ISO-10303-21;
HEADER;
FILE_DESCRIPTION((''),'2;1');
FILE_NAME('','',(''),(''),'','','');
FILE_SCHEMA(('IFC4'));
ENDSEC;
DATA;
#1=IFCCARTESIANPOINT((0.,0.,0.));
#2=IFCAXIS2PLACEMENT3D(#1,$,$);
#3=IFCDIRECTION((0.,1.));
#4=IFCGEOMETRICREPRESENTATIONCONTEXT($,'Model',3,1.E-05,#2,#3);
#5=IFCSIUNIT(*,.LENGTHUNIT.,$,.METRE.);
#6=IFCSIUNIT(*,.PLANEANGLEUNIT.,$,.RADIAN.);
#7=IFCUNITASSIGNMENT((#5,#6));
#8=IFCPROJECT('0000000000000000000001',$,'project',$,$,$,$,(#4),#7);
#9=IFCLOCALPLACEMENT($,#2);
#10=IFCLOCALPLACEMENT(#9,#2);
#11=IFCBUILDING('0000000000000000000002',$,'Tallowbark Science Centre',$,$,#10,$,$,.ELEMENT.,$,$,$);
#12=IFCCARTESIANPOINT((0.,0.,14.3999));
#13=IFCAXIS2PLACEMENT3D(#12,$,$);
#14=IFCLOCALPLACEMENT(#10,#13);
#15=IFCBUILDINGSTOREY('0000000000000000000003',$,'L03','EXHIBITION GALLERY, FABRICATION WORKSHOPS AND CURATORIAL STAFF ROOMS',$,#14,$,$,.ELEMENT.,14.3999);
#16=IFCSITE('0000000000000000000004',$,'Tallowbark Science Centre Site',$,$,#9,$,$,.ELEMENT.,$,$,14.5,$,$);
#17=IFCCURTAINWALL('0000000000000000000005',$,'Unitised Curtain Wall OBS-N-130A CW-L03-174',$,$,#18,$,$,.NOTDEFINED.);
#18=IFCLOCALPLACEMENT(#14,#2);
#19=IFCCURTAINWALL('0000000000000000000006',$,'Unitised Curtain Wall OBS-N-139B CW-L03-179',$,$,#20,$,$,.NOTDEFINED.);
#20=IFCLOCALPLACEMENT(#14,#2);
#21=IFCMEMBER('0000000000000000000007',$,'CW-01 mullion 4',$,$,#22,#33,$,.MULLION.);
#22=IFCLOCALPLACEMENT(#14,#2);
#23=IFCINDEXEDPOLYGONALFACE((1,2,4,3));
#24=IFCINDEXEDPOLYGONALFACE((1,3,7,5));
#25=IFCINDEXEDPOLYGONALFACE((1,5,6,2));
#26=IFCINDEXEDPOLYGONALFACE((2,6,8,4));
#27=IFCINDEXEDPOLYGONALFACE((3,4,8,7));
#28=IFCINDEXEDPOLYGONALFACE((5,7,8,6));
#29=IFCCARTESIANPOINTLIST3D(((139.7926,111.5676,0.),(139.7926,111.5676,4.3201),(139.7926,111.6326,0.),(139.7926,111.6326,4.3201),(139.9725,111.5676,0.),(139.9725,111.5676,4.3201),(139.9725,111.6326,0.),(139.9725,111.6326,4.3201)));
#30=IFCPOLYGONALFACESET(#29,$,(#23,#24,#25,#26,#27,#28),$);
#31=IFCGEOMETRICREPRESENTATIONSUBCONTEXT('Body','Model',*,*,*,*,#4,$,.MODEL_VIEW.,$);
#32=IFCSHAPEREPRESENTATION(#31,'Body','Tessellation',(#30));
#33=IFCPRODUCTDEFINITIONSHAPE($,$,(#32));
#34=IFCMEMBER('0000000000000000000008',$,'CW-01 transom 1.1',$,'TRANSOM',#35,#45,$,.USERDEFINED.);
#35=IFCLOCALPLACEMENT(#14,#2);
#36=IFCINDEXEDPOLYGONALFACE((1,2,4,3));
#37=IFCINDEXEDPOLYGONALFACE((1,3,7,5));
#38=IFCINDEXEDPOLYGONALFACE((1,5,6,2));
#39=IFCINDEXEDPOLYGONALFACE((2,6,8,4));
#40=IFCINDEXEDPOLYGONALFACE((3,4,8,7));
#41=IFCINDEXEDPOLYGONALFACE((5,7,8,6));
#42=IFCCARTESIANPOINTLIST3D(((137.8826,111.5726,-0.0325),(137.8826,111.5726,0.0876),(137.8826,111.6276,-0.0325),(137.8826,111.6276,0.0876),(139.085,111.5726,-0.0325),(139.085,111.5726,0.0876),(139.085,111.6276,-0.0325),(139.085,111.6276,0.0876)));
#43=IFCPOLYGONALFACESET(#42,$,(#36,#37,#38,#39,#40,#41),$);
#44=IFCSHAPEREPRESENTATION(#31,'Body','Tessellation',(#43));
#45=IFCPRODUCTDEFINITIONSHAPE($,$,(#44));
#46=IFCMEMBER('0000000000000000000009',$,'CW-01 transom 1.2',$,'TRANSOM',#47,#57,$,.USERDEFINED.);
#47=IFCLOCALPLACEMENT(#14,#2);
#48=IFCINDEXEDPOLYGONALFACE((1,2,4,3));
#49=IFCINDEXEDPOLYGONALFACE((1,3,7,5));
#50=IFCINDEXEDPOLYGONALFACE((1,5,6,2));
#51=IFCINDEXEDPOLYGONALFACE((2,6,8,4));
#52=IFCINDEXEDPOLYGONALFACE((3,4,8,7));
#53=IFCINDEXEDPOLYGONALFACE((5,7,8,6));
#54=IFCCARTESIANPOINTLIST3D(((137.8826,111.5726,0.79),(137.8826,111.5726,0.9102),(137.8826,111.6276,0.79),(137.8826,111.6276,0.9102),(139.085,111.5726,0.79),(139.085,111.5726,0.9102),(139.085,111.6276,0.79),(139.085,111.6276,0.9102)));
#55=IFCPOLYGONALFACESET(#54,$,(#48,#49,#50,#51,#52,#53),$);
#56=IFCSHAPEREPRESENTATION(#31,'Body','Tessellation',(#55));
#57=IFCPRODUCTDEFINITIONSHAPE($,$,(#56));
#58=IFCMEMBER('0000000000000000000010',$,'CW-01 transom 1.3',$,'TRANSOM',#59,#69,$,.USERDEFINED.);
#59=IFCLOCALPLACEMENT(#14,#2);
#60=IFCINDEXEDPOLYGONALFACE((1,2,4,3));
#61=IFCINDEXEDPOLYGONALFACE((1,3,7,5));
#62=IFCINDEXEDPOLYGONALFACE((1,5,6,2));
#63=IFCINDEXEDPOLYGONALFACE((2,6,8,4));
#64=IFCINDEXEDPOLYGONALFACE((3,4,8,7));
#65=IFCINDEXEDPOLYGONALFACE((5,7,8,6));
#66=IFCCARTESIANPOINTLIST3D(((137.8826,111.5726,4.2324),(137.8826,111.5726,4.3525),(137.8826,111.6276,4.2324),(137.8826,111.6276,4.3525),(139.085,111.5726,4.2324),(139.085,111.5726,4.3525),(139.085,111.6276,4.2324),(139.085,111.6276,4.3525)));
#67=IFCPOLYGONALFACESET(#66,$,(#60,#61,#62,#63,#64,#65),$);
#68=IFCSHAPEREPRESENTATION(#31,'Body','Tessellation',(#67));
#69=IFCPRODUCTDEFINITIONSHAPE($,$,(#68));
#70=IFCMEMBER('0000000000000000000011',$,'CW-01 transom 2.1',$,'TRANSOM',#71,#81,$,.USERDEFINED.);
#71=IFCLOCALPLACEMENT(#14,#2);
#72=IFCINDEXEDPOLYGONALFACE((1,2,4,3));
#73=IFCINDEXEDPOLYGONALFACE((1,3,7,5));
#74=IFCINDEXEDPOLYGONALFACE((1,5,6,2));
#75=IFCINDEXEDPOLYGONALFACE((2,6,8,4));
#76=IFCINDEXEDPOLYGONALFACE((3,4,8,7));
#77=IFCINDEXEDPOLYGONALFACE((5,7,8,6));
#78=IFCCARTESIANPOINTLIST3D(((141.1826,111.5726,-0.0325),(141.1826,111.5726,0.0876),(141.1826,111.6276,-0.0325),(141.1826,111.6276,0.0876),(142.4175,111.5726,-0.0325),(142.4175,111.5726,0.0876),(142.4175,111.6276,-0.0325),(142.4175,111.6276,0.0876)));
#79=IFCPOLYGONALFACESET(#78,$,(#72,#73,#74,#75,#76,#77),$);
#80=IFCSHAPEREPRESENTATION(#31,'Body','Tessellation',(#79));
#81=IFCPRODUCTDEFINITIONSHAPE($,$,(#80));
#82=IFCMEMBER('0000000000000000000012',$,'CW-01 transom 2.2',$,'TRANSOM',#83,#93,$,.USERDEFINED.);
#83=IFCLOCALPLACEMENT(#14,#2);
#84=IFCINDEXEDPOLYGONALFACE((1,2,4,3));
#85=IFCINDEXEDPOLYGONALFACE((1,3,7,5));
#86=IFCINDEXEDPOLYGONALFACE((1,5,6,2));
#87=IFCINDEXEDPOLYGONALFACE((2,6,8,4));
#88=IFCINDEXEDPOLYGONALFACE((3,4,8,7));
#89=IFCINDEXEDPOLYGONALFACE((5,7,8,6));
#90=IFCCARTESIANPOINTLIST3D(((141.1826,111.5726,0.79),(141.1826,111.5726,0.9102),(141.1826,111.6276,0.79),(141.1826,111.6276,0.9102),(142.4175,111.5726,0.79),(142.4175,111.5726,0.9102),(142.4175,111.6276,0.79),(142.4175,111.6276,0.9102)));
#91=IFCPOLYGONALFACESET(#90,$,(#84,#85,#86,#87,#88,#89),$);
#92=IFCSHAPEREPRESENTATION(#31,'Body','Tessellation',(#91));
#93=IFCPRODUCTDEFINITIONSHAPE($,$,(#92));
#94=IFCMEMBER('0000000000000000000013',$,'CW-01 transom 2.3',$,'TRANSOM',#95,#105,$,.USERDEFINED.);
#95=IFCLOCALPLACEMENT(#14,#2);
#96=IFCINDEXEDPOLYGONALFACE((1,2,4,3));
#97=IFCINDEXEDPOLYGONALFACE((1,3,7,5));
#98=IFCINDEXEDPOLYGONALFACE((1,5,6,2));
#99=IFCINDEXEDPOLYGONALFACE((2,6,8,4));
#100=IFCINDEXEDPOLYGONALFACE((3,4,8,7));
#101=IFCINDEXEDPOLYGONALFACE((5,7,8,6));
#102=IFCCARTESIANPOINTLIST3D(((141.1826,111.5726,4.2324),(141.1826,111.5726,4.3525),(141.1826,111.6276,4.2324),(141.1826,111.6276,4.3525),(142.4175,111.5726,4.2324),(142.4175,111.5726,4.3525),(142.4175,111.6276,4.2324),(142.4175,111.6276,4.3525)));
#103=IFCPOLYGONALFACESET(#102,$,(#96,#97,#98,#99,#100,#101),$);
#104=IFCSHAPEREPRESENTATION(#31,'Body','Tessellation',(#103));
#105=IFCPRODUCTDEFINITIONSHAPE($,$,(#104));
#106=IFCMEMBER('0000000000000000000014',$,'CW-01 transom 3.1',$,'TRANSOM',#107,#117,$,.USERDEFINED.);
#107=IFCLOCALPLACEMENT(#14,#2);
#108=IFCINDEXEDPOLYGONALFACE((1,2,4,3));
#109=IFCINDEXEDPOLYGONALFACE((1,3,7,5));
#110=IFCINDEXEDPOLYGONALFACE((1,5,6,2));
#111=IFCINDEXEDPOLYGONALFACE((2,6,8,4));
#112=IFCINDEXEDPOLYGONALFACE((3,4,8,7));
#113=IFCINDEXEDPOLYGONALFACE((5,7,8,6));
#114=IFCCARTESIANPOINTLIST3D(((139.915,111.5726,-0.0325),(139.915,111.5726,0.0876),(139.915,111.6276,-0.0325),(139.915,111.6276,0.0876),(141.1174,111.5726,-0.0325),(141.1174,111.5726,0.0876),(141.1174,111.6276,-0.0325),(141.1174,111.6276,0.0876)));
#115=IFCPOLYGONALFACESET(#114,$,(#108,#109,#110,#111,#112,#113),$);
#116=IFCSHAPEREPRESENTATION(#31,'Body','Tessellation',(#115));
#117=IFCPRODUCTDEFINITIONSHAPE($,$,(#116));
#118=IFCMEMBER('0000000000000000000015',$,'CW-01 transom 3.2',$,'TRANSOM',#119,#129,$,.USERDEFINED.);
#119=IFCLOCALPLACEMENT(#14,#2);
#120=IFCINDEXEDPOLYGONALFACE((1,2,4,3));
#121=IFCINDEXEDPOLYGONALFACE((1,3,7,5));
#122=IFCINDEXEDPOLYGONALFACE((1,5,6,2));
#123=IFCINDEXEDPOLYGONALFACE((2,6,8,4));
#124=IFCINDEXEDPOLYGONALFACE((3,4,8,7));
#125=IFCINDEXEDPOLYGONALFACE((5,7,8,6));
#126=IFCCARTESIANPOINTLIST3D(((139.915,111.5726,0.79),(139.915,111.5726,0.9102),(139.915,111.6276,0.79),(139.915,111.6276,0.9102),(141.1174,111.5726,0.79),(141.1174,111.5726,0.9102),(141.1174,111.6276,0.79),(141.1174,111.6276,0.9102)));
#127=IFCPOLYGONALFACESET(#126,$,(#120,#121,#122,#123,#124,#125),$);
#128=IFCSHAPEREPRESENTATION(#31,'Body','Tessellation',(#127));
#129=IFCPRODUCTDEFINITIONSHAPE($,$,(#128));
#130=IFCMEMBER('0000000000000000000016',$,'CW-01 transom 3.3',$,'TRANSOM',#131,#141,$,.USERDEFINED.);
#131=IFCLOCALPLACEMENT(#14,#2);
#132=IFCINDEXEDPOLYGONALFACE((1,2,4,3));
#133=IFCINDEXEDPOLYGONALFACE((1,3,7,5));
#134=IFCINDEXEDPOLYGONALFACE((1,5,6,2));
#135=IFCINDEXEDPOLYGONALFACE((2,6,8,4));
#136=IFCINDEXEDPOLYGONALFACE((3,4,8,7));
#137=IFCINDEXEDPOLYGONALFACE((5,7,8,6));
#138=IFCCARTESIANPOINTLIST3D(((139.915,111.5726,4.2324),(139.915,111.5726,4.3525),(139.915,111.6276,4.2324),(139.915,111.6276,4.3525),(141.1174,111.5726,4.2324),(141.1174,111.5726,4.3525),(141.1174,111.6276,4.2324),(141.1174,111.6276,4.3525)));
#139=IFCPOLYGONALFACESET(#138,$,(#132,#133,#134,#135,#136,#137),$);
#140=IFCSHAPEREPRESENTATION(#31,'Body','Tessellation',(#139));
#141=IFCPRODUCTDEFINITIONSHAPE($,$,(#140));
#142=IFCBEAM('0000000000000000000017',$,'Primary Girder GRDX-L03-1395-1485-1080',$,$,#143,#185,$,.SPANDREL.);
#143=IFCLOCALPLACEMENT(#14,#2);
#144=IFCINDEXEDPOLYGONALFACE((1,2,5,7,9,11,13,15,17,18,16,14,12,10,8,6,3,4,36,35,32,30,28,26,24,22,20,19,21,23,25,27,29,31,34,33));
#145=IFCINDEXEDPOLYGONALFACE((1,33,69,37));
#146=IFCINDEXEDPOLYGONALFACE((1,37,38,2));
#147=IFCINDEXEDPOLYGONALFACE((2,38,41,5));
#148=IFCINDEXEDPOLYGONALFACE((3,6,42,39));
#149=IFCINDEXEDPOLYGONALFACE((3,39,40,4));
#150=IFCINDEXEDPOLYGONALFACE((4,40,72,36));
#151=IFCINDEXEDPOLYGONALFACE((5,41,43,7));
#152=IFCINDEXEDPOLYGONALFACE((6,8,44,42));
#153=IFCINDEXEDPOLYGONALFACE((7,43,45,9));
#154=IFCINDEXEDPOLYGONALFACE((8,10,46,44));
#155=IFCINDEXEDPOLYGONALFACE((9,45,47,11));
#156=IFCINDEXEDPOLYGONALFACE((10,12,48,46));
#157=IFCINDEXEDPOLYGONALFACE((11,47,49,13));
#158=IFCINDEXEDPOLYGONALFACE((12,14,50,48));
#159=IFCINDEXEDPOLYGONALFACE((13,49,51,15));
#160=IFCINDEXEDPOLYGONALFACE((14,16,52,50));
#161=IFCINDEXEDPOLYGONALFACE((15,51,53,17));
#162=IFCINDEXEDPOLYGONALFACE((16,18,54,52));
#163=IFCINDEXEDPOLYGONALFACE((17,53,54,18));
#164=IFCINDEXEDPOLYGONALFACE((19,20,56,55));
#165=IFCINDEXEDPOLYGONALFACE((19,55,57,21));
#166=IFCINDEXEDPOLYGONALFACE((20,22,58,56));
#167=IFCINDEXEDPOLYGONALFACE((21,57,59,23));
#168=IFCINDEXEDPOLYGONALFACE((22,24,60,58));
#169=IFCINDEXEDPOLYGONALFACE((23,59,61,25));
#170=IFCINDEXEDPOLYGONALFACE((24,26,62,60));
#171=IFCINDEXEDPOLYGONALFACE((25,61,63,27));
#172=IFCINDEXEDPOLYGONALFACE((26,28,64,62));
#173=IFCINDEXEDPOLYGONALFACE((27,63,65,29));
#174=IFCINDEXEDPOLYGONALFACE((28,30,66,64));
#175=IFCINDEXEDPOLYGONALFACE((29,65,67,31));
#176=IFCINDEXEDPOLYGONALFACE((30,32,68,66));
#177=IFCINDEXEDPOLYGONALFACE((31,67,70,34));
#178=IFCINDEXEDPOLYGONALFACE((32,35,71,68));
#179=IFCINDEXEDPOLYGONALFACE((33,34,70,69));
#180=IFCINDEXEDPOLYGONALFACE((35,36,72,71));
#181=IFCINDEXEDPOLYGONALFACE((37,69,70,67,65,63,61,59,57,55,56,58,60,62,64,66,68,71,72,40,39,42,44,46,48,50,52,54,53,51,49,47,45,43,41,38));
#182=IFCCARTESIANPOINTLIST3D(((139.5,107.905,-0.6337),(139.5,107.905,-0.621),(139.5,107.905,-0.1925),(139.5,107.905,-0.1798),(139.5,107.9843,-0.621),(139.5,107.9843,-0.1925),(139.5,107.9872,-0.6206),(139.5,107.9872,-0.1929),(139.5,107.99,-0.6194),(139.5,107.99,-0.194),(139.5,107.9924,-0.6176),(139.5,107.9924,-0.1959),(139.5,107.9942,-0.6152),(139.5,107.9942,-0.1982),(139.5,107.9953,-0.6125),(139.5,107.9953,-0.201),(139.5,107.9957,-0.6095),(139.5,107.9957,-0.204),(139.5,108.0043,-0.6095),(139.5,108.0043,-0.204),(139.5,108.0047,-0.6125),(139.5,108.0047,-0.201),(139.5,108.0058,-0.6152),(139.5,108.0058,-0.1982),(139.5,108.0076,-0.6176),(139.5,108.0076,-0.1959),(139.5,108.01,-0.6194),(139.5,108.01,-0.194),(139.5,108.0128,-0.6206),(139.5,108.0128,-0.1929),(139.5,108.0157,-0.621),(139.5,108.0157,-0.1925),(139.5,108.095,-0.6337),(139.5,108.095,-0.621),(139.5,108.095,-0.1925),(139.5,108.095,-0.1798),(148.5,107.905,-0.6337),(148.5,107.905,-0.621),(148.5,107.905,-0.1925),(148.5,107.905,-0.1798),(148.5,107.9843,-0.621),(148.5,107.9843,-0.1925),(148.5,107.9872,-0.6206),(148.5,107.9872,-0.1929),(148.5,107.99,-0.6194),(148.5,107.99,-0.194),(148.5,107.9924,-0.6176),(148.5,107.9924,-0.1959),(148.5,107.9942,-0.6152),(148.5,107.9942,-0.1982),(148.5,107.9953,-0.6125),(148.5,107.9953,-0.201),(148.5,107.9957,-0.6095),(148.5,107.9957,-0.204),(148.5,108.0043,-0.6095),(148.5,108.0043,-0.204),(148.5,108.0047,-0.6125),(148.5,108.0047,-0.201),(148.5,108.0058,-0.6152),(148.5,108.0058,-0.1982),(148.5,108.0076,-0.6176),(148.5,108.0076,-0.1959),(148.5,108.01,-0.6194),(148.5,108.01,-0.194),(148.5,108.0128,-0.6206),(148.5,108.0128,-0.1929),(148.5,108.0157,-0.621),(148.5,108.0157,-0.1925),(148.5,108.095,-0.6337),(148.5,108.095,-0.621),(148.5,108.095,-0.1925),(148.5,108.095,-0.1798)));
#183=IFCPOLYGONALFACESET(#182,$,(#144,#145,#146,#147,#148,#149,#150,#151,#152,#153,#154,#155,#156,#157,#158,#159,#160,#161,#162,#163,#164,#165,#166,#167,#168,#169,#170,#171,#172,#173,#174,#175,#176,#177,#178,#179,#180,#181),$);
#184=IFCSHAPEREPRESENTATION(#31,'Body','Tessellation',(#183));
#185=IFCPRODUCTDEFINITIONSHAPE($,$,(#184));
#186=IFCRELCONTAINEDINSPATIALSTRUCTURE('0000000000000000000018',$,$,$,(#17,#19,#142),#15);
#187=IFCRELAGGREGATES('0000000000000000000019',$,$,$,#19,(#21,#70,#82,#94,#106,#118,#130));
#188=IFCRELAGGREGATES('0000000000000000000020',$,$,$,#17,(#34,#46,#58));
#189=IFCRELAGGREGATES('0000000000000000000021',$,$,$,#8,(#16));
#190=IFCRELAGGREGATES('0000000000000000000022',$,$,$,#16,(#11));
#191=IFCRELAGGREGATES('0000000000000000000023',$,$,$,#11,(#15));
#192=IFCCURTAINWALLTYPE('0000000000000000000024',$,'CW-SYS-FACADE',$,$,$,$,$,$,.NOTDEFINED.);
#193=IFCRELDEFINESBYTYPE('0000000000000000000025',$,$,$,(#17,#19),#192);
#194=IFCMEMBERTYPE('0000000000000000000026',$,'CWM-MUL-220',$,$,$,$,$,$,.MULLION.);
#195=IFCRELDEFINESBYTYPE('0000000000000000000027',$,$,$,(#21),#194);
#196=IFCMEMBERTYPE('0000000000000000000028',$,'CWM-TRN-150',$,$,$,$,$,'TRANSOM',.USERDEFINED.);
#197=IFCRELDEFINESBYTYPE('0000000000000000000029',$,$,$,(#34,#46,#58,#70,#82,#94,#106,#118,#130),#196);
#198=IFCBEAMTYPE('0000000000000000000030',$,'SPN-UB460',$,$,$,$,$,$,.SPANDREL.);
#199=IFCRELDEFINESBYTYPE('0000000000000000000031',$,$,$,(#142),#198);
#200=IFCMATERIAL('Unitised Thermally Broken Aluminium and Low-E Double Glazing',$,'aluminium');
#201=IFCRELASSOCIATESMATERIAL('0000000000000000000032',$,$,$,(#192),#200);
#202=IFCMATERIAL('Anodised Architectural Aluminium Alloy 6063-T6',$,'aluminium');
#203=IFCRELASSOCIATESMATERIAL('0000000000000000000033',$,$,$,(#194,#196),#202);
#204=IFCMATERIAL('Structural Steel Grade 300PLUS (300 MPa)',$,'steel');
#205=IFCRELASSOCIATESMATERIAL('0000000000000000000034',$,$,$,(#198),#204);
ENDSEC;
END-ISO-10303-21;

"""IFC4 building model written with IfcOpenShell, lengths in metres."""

from ifc_helpers import new_model, si_unit, direction, frame, origin, origin_2d, place, context, subcontext, project, spatial, rectangle, i_section, extrude, material, material_profile, profile_set, type_object, element, aggregate, save


model = new_model("IFC4")

# Units and contexts
model_context = context("Model", 3, precision=1e-05, world=origin(), true_north=direction((0.0, 1.0)))
body_context = subcontext(model_context, "Body", "Model", "MODEL_VIEW")
ifc_project = project(units=[si_unit("LENGTHUNIT", "METRE"), si_unit("PLANEANGLEUNIT", "RADIAN")], contexts=[model_context])

# Site, building, storey
site_placement = place(None, origin())
site = spatial("IfcSite", under=ifc_project, at=site_placement, Name="Tallowbark Science Centre Site", CompositionType="ELEMENT", RefElevation=14.5)
building_placement = place(site_placement, origin())
building = spatial("IfcBuilding", under=site, at=building_placement, Name="Tallowbark Science Centre", CompositionType="ELEMENT")
storey_placement = place(building_placement, frame((0.0, 0.0, 14.3999)))
storey = spatial("IfcBuildingStorey", under=building, at=storey_placement, Name="L03", Description="EXHIBITION GALLERY, FABRICATION WORKSHOPS AND CURATORIAL STAFF ROOMS", CompositionType="ELEMENT", Elevation=14.3999)

# Shared definitions
ifc_material_1 = material(Name="Structural Steel Grade 300PLUS (300 MPa)", Category="steel")

# Curtain walls, member
ifc_material_2 = material(Name="Unitised Thermally Broken Aluminium and Low-E Double Glazing", Category="aluminium")
curtain_wall_type = type_object("IfcCurtainWallType", Name="CW-SYS-FACADE", PredefinedType="NOTDEFINED", material=ifc_material_2)
curtain_wall_1_placement = place(storey_placement, origin())
curtain_wall_1 = element("IfcCurtainWall", 1, at=curtain_wall_1_placement, inside=storey, type_object=curtain_wall_type, Name="Unitised Curtain Wall OBS-N-130A CW-L03-174", PredefinedType="NOTDEFINED")
ifc_material_3 = material(Name="Anodised Architectural Aluminium Alloy 6063-T6", Category="aluminium")
ifc_material_profile_1 = material_profile(ifc_material_3, rectangle(XDim=0.0649, YDim=0.1799, at=origin_2d()), Name="ALU65x180")
ifc_profile_set_1 = profile_set([ifc_material_profile_1], Name="Anodised Architectural Aluminium Alloy 6063-T6")
member_type_1 = type_object("IfcMemberType", Name="CWM-MUL-220", PredefinedType="MULLION", material=ifc_profile_set_1)
curtain_wall_2_placement = place(storey_placement, origin())
curtain_wall_2 = element("IfcCurtainWall", 2, at=curtain_wall_2_placement, inside=storey, type_object=curtain_wall_type, Name="Unitised Curtain Wall OBS-N-139B CW-L03-179", PredefinedType="NOTDEFINED")
member_1_placement = place(storey_placement, frame((139.8826, 111.6001, 0.0), z_axis=(0.0, 0.0, 1.0), x_axis=(0.0, -1.0, 0.0)))
member_1 = element("IfcMember", 3, at=member_1_placement, type_object=member_type_1, Name="CW-01 mullion 4", PredefinedType="MULLION", context=body_context, shape_type="SweptSolid", body=[
    extrude(rectangle(XDim=0.0649, YDim=0.1799, at=origin_2d()), origin(), (0.0, 0.0, 1.0), 4.3201),
])

# Members
ifc_material_profile_2 = material_profile(ifc_material_3, rectangle(XDim=0.0549, YDim=0.1201, at=origin_2d()), Name="ALU55x120")
ifc_profile_set_2 = profile_set([ifc_material_profile_2], Name="Anodised Architectural Aluminium Alloy 6063-T6")
member_type_2 = type_object("IfcMemberType", Name="CWM-TRN-150", ElementType="TRANSOM", PredefinedType="USERDEFINED", material=ifc_profile_set_2)
member_2_placement = place(storey_placement, frame((139.085, 111.6001, 0.0276), z_axis=(-1.0, 0.0, 0.0), x_axis=(0.0, -1.0, 0.0)))
member_2 = element("IfcMember", 4, at=member_2_placement, type_object=member_type_2, Name="CW-01 transom 1.1", ObjectType="TRANSOM", PredefinedType="USERDEFINED", context=body_context, shape_type="SweptSolid", body=[
    extrude(rectangle(XDim=0.0549, YDim=0.1201, at=origin_2d()), origin(), (0.0, 0.0, 1.0), 1.2024),
])
member_3_placement = place(storey_placement, frame((139.085, 111.6001, 0.8501), z_axis=(-1.0, 0.0, 0.0), x_axis=(0.0, -1.0, 0.0)))
member_3 = element("IfcMember", 5, at=member_3_placement, type_object=member_type_2, Name="CW-01 transom 1.2", ObjectType="TRANSOM", PredefinedType="USERDEFINED", context=body_context, shape_type="SweptSolid", body=[
    extrude(rectangle(XDim=0.0549, YDim=0.1201, at=origin_2d()), origin(), (0.0, 0.0, 1.0), 1.2024),
])
member_4_placement = place(storey_placement, frame((139.085, 111.6001, 4.2925), z_axis=(-1.0, 0.0, 0.0), x_axis=(0.0, -1.0, 0.0)))
member_4 = element("IfcMember", 6, at=member_4_placement, type_object=member_type_2, Name="CW-01 transom 1.3", ObjectType="TRANSOM", PredefinedType="USERDEFINED", context=body_context, shape_type="SweptSolid", body=[
    extrude(rectangle(XDim=0.0549, YDim=0.1201, at=origin_2d()), origin(), (0.0, 0.0, 1.0), 1.2024),
])
member_5_placement = place(storey_placement, frame((142.4175, 111.6001, 0.0276), z_axis=(-1.0, 0.0, 0.0), x_axis=(0.0, -1.0, 0.0)))
member_5 = element("IfcMember", 7, at=member_5_placement, type_object=member_type_2, Name="CW-01 transom 2.1", ObjectType="TRANSOM", PredefinedType="USERDEFINED", context=body_context, shape_type="SweptSolid", body=[
    extrude(rectangle(XDim=0.0549, YDim=0.1201, at=origin_2d()), origin(), (0.0, 0.0, 1.0), 1.2349),
])
member_6_placement = place(storey_placement, frame((142.4175, 111.6001, 0.8501), z_axis=(-1.0, 0.0, 0.0), x_axis=(0.0, -1.0, 0.0)))
member_6 = element("IfcMember", 8, at=member_6_placement, type_object=member_type_2, Name="CW-01 transom 2.2", ObjectType="TRANSOM", PredefinedType="USERDEFINED", context=body_context, shape_type="SweptSolid", body=[
    extrude(rectangle(XDim=0.0549, YDim=0.1201, at=origin_2d()), origin(), (0.0, 0.0, 1.0), 1.2349),
])
member_7_placement = place(storey_placement, frame((142.4175, 111.6001, 4.2925), z_axis=(-1.0, 0.0, 0.0), x_axis=(0.0, -1.0, 0.0)))
member_7 = element("IfcMember", 9, at=member_7_placement, type_object=member_type_2, Name="CW-01 transom 2.3", ObjectType="TRANSOM", PredefinedType="USERDEFINED", context=body_context, shape_type="SweptSolid", body=[
    extrude(rectangle(XDim=0.0549, YDim=0.1201, at=origin_2d()), origin(), (0.0, 0.0, 1.0), 1.2349),
])
member_8_placement = place(storey_placement, frame((141.1174, 111.6001, 0.0276), z_axis=(-1.0, 0.0, 0.0), x_axis=(0.0, -1.0, 0.0)))
member_8 = element("IfcMember", 10, at=member_8_placement, type_object=member_type_2, Name="CW-01 transom 3.1", ObjectType="TRANSOM", PredefinedType="USERDEFINED", context=body_context, shape_type="SweptSolid", body=[
    extrude(rectangle(XDim=0.0549, YDim=0.1201, at=origin_2d()), origin(), (0.0, 0.0, 1.0), 1.2024),
])
member_9_placement = place(storey_placement, frame((141.1174, 111.6001, 0.8501), z_axis=(-1.0, 0.0, 0.0), x_axis=(0.0, -1.0, 0.0)))
member_9 = element("IfcMember", 11, at=member_9_placement, type_object=member_type_2, Name="CW-01 transom 3.2", ObjectType="TRANSOM", PredefinedType="USERDEFINED", context=body_context, shape_type="SweptSolid", body=[
    extrude(rectangle(XDim=0.0549, YDim=0.1201, at=origin_2d()), origin(), (0.0, 0.0, 1.0), 1.2024),
])
member_10_placement = place(storey_placement, frame((141.1174, 111.6001, 4.2925), z_axis=(-1.0, 0.0, 0.0), x_axis=(0.0, -1.0, 0.0)))
member_10 = element("IfcMember", 12, at=member_10_placement, type_object=member_type_2, Name="CW-01 transom 3.3", ObjectType="TRANSOM", PredefinedType="USERDEFINED", context=body_context, shape_type="SweptSolid", body=[
    extrude(rectangle(XDim=0.0549, YDim=0.1201, at=origin_2d()), origin(), (0.0, 0.0, 1.0), 1.2024),
])

# Beam
ifc_material_profile_3 = material_profile(ifc_material_1, i_section(OverallWidth=0.1899, OverallDepth=0.4539, WebThickness=0.0085, FlangeThickness=0.0127, FilletRadius=0.0115, at=origin_2d()), Name="460UB67.1")
ifc_profile_set_3 = profile_set([ifc_material_profile_3], Name="Structural Steel Grade 300PLUS (300 MPa)")
beam_type_1 = type_object("IfcBeamType", Name="SPN-UB460", PredefinedType="SPANDREL", material=ifc_profile_set_3)
for number, where, z_axis, x_axis, name in (
    (13, (139.5, 108.0, -0.4067), (1.0, 0.0, 0.0), (0.0, 1.0, 0.0), "Primary Girder GRDX-L03-1395-1485-1080"),
):
    element("IfcBeam", number, at=place(storey_placement, frame(where, z_axis=z_axis, x_axis=x_axis)), inside=storey, type_object=beam_type_1, Name=name, PredefinedType="SPANDREL", context=body_context, shape_type="SweptSolid", body=[
        extrude(i_section(OverallWidth=0.1899, OverallDepth=0.4539, WebThickness=0.0085, FlangeThickness=0.0127, FilletRadius=0.0115, at=origin_2d()), origin(), (0.0, 0.0, 1.0), 9.0),
    ])

aggregate(curtain_wall_2, [member_1, member_5, member_6, member_7, member_8, member_9, member_10])
aggregate(curtain_wall_1, [member_2, member_3, member_4])

save(model, "model.ifc")
